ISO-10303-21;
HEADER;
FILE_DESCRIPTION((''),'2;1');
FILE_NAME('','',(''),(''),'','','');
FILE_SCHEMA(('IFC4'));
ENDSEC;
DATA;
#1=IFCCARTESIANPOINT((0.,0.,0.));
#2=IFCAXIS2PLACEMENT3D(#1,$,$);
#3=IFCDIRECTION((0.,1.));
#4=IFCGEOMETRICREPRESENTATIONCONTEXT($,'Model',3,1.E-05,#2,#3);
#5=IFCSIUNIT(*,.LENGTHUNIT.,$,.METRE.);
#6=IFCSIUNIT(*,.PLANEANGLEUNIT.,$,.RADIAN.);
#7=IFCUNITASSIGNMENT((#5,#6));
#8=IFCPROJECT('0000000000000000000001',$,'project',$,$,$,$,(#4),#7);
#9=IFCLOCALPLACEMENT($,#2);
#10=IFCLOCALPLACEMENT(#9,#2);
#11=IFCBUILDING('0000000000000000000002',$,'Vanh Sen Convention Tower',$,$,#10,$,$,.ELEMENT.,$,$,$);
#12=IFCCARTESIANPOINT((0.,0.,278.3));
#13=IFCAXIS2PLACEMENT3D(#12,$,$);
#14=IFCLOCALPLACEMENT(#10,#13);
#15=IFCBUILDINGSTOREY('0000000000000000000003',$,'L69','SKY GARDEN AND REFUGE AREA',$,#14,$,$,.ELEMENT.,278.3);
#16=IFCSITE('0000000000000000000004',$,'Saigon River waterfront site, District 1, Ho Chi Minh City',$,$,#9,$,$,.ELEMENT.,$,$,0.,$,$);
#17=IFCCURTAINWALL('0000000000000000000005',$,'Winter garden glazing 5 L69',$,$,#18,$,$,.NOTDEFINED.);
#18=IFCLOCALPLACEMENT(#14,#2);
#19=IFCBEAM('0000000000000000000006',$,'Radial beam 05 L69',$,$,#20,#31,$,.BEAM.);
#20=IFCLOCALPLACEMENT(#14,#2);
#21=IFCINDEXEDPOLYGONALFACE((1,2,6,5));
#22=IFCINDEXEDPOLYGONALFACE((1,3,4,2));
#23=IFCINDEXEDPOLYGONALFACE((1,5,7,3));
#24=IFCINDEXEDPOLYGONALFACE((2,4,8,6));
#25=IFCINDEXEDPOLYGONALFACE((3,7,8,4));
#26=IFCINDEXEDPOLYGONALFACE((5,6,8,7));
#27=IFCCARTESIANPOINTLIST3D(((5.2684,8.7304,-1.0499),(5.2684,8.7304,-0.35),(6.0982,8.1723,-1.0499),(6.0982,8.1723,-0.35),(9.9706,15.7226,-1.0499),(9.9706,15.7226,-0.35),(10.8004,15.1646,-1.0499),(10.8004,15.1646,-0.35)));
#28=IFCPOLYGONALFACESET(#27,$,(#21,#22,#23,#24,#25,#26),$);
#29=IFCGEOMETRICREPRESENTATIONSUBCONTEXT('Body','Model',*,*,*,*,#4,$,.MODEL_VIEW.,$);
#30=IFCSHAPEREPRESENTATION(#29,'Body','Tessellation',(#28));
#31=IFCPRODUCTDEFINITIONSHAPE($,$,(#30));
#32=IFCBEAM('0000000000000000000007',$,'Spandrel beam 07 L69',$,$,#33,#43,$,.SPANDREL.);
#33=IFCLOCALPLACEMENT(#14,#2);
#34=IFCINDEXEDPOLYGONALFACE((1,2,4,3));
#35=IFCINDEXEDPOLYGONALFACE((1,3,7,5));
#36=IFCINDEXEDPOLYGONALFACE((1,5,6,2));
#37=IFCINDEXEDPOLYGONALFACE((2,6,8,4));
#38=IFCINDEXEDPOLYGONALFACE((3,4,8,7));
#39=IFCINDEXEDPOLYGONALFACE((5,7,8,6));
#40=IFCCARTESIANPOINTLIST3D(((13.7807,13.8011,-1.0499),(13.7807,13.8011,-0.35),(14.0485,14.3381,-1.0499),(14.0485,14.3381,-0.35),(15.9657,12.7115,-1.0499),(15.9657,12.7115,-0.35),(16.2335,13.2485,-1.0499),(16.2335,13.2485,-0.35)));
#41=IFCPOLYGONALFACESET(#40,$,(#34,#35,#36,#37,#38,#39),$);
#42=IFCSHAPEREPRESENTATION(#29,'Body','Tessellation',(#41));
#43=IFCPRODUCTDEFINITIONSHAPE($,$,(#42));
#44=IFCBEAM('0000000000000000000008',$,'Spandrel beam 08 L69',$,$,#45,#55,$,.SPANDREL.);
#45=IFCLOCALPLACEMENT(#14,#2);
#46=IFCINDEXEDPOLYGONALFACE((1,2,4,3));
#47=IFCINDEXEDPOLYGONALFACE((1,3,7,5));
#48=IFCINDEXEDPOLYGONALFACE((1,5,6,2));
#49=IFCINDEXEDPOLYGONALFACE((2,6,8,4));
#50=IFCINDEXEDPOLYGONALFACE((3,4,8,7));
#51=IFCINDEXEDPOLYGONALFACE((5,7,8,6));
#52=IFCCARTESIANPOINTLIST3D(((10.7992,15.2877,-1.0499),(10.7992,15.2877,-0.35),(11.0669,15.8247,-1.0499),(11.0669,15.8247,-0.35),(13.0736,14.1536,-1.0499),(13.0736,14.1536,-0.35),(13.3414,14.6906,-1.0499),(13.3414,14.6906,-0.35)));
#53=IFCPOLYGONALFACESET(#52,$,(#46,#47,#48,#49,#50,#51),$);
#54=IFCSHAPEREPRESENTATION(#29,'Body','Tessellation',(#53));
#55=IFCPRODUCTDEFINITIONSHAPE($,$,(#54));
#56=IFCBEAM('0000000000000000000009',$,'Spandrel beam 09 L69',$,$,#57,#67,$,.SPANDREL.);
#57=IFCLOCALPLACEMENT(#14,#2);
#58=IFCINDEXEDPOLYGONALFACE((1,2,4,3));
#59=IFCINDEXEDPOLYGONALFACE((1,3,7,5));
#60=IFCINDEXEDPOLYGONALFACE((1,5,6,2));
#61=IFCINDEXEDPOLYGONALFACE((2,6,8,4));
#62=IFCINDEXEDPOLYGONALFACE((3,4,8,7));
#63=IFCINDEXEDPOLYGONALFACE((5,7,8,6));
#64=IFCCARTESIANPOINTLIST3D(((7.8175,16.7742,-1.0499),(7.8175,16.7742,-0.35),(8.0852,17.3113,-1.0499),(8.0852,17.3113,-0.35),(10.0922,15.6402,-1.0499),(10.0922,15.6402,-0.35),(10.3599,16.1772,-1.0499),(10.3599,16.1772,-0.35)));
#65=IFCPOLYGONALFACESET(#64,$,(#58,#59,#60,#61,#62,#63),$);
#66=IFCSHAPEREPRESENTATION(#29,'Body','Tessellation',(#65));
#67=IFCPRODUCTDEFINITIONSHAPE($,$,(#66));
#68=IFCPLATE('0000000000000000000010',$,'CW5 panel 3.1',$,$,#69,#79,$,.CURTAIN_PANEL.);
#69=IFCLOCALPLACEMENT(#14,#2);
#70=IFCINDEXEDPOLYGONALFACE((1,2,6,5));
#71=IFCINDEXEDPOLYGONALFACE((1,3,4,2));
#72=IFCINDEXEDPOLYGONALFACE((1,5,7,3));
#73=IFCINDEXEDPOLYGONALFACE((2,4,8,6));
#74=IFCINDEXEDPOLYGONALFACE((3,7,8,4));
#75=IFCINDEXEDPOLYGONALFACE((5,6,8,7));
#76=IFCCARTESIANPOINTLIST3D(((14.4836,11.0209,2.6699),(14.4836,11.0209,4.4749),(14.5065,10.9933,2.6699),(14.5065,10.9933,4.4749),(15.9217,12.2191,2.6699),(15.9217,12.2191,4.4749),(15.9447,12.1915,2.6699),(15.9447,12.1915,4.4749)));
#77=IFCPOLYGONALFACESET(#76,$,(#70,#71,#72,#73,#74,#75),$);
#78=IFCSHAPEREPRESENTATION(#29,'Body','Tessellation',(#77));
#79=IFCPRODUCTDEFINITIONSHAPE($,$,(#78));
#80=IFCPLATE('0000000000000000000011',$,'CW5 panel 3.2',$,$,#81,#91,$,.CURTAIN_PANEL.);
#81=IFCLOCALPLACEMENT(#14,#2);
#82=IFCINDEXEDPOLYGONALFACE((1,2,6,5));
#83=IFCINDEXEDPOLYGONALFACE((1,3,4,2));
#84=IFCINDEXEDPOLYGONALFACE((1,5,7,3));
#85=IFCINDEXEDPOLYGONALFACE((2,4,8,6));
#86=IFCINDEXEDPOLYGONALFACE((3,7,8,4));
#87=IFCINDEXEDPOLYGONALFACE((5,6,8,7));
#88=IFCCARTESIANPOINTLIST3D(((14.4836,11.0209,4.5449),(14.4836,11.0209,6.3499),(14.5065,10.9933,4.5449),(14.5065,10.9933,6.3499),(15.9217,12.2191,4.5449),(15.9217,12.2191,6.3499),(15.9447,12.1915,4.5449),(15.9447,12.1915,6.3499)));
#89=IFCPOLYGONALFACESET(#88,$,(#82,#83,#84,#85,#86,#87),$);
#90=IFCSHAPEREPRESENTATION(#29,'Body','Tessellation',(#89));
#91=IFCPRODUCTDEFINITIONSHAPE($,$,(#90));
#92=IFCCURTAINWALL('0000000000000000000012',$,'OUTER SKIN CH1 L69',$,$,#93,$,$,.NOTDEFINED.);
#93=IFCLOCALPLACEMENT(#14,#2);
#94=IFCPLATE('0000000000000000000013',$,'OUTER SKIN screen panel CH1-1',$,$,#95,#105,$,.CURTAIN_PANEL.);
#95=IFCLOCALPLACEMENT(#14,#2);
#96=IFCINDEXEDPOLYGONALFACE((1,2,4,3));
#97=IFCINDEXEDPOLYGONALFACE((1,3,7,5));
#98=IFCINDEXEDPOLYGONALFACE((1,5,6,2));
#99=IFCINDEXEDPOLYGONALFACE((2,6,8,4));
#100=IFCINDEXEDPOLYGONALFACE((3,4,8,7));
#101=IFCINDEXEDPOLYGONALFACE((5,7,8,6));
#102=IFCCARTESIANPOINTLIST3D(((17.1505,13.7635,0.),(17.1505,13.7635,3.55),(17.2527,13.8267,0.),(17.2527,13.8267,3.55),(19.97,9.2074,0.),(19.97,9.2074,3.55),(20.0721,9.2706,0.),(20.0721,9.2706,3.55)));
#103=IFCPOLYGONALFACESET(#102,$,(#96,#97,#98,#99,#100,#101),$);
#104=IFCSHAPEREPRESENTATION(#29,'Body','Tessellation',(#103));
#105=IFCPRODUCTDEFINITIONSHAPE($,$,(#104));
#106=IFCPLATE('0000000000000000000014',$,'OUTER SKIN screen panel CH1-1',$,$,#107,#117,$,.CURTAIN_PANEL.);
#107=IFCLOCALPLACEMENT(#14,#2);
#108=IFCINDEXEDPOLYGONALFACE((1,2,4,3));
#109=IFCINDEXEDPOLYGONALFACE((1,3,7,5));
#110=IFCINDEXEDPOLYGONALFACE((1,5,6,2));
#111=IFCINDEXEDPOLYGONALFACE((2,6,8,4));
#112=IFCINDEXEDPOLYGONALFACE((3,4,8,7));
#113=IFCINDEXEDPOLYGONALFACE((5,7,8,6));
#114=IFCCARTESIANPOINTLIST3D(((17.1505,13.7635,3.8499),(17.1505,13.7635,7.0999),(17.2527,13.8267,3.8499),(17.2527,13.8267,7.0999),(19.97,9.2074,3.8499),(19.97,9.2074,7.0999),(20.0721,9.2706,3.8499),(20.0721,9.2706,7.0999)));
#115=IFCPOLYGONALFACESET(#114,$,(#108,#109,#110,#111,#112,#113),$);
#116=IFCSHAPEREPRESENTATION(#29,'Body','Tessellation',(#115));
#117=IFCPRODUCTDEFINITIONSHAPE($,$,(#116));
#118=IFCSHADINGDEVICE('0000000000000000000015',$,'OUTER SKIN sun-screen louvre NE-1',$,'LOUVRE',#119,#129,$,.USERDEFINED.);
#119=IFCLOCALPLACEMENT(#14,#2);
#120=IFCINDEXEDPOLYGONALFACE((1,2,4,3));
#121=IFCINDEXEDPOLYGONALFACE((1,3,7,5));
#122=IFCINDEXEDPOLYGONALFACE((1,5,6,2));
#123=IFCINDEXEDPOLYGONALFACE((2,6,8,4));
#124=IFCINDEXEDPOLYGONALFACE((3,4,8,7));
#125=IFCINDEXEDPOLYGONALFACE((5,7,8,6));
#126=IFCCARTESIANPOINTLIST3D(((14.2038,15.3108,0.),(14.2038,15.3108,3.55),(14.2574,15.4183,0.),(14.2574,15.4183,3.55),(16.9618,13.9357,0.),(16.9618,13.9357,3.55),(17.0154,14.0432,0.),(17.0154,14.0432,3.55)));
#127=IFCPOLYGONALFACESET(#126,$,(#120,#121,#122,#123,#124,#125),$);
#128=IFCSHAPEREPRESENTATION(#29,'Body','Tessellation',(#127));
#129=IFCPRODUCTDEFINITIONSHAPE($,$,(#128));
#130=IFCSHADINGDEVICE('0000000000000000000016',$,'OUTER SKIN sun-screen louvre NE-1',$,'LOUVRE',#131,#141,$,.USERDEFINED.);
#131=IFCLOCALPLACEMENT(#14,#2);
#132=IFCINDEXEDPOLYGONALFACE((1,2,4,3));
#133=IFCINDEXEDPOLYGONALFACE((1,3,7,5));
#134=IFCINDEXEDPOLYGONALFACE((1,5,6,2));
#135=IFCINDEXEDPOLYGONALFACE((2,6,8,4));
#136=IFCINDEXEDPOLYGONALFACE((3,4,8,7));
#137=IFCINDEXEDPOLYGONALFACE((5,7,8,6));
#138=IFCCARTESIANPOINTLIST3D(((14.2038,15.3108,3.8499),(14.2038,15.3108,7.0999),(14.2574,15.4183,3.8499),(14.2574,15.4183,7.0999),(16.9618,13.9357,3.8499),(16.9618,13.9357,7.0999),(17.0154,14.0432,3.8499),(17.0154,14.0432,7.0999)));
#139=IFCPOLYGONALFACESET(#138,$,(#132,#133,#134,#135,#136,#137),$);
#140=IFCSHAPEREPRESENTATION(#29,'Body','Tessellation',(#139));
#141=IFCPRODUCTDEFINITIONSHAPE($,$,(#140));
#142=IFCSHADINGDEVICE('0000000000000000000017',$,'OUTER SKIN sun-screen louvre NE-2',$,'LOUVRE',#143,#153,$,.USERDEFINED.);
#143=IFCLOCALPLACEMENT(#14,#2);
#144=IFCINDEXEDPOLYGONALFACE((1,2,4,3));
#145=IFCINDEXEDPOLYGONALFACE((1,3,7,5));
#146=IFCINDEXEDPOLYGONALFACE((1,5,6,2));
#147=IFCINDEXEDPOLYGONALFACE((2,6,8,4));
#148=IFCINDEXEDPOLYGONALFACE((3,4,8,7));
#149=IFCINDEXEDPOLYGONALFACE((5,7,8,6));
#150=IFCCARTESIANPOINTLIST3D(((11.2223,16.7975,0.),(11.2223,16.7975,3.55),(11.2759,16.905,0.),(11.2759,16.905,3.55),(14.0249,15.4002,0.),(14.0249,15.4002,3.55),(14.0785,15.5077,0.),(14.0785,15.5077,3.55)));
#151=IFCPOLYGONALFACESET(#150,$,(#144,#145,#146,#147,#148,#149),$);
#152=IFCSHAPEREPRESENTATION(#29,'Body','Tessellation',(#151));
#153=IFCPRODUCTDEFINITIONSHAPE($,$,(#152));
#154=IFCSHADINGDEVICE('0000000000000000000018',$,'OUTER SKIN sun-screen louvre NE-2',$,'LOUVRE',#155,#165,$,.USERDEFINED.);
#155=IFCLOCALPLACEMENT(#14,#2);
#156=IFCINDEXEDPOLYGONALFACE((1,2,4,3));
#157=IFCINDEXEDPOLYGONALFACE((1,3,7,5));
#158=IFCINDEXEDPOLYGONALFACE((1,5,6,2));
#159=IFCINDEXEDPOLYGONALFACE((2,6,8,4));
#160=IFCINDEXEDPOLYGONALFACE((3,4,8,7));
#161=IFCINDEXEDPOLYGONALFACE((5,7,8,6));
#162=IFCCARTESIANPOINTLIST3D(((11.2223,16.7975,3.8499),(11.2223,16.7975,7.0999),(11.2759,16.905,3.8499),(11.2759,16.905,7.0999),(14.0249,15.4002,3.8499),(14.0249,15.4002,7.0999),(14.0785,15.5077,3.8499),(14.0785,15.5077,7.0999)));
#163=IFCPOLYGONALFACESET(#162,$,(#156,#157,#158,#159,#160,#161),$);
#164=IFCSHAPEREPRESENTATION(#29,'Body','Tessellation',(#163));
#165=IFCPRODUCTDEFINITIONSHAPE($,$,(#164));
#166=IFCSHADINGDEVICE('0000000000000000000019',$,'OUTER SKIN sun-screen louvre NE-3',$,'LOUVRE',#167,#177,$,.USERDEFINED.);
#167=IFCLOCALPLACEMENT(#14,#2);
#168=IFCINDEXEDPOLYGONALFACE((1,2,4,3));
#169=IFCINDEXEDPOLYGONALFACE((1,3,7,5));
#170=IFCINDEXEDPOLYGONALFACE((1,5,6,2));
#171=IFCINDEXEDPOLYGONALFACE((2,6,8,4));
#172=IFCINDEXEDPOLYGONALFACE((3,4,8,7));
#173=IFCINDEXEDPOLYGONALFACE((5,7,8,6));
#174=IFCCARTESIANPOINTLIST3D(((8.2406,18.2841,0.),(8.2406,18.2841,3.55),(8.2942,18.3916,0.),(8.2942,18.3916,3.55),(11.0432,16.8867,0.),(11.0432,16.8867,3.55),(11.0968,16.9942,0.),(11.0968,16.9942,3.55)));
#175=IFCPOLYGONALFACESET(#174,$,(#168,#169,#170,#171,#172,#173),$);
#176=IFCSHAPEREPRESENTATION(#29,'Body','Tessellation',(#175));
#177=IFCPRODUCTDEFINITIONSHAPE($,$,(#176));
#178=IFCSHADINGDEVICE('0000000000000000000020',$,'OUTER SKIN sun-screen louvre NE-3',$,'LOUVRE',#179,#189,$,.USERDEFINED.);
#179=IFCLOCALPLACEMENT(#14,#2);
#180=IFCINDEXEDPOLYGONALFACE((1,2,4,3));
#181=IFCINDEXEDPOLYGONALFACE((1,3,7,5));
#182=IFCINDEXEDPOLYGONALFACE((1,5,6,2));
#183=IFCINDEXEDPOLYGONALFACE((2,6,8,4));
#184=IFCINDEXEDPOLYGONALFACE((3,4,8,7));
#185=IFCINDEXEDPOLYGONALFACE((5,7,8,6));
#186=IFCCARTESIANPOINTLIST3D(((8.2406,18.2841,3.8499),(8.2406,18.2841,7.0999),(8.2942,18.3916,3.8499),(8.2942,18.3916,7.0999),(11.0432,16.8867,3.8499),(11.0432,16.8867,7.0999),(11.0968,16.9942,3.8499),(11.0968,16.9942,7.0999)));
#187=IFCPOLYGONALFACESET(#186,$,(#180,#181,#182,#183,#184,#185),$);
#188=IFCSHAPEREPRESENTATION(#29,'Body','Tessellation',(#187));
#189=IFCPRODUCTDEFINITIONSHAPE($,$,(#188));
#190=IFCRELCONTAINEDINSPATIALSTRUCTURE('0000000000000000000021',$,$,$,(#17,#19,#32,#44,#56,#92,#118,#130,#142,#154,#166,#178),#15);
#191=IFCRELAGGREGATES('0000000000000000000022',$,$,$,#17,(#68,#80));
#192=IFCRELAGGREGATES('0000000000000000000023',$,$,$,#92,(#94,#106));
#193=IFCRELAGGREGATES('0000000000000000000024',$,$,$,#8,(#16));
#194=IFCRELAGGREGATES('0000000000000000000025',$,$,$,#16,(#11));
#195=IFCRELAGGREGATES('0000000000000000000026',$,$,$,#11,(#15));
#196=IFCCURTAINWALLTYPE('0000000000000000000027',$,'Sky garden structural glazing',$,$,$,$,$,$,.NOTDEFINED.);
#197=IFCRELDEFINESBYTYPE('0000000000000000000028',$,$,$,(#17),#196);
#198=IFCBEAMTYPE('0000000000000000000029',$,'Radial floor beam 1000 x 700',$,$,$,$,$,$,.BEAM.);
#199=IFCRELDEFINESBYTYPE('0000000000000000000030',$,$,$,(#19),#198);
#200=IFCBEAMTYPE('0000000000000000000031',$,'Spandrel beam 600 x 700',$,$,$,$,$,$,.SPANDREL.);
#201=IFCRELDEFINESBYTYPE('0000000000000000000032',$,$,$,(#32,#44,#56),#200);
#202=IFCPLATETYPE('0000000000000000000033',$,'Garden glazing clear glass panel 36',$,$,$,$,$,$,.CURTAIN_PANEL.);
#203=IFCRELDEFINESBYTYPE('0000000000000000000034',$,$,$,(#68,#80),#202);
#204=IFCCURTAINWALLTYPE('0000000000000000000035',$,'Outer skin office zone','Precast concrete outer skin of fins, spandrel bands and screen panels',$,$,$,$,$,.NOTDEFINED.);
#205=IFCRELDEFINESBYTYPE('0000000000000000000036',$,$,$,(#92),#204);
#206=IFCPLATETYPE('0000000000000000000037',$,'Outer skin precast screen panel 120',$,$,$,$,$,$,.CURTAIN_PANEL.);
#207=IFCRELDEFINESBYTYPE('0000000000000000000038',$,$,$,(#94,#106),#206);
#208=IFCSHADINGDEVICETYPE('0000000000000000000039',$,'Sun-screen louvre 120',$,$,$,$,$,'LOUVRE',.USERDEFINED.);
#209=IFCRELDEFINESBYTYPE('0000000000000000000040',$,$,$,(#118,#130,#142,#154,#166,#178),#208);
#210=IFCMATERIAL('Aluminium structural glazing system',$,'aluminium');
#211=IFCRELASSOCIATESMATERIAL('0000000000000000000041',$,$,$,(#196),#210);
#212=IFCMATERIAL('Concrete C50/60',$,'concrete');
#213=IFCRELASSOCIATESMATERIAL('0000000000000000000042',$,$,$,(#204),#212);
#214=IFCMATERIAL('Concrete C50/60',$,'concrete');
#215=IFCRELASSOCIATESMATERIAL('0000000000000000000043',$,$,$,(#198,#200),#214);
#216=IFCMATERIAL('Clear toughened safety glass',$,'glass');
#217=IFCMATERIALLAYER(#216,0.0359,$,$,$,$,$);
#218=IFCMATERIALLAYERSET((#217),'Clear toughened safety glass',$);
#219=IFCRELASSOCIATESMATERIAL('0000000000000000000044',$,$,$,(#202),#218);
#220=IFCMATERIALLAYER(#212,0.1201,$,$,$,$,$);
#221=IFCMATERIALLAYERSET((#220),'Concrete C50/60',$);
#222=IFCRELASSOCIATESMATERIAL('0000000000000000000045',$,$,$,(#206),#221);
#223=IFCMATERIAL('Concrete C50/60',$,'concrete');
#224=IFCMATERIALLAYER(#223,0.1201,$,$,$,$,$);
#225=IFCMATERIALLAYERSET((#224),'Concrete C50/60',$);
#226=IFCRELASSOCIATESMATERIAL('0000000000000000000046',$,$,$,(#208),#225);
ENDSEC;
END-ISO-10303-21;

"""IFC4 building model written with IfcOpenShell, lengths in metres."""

from ifc_helpers import new_model, si_unit, direction, frame, origin, origin_2d, place, context, subcontext, project, spatial, rectangle, extrude, material, layer, layer_set, material_profile, profile_set, type_object, element, aggregate, save


model = new_model("IFC4")

# Units and contexts
model_context = context("Model", 3, precision=1e-05, world=origin(), true_north=direction((0.0, 1.0)))
body_context = subcontext(model_context, "Body", "Model", "MODEL_VIEW")
ifc_project = project(units=[si_unit("LENGTHUNIT", "METRE"), si_unit("PLANEANGLEUNIT", "RADIAN")], contexts=[model_context])

# Site, building, storey
site_placement = place(None, origin())
site = spatial("IfcSite", under=ifc_project, at=site_placement, Name="Saigon River waterfront site, District 1, Ho Chi Minh City", CompositionType="ELEMENT", RefElevation=0.0)
building_placement = place(site_placement, origin())
building = spatial("IfcBuilding", under=site, at=building_placement, Name="Vanh Sen Convention Tower", CompositionType="ELEMENT")
storey_placement = place(building_placement, frame((0.0, 0.0, 278.3)))
storey = spatial("IfcBuildingStorey", under=building, at=storey_placement, Name="L69", Description="SKY GARDEN AND REFUGE AREA", CompositionType="ELEMENT", Elevation=278.3)

# Curtain wall
ifc_material_1 = material(Name="Aluminium structural glazing system", Category="aluminium")
curtain_wall_type_1 = type_object("IfcCurtainWallType", Name="Sky garden structural glazing", PredefinedType="NOTDEFINED", material=ifc_material_1)
curtain_wall_1_placement = place(storey_placement, origin())
curtain_wall_1 = element("IfcCurtainWall", 1, at=curtain_wall_1_placement, inside=storey, type_object=curtain_wall_type_1, Name="Winter garden glazing 5 L69", PredefinedType="NOTDEFINED")
ifc_material_2 = material(Name="Concrete C50/60", Category="concrete")
curtain_wall_type_2 = type_object("IfcCurtainWallType", Name="Outer skin office zone", Description="Precast concrete outer skin of fins, spandrel bands and screen panels", PredefinedType="NOTDEFINED", material=ifc_material_2)

# Beams
ifc_material_3 = material(Name="Concrete C50/60", Category="concrete")
ifc_material_profile_1 = material_profile(ifc_material_3, rectangle(XDim=1.0, YDim=0.7, at=origin_2d()), Name="RC 1000X700")
ifc_profile_set_1 = profile_set([ifc_material_profile_1], Name="Concrete C50/60")
beam_type_1 = type_object("IfcBeamType", Name="Radial floor beam 1000 x 700", PredefinedType="BEAM", material=ifc_profile_set_1)
beam_1_placement = place(storey_placement, frame((10.3855, 15.4436, -0.7), z_axis=(-0.558039, -0.829815, 0.0), x_axis=(0.829815, -0.558039, 0.0)))
element("IfcBeam", 2, at=beam_1_placement, inside=storey, type_object=beam_type_1, Name="Radial beam 05 L69", PredefinedType="BEAM", context=body_context, shape_type="SweptSolid", body=[
    extrude(rectangle(XDim=1.0, YDim=0.7, at=origin_2d()), origin(), (0.0, 0.0, 1.0), 8.4263),
])
ifc_material_profile_2 = material_profile(ifc_material_3, rectangle(XDim=0.6001, YDim=0.7, at=origin_2d()), Name="RC 600X700")
ifc_profile_set_2 = profile_set([ifc_material_profile_2], Name="Concrete C50/60")
beam_type_2 = type_object("IfcBeamType", Name="Spandrel beam 600 x 700", PredefinedType="SPANDREL", material=ifc_profile_set_2)
beam_2_placement = place(storey_placement, frame((16.0996, 12.98, -0.7), z_axis=(-0.894907, 0.446253, 0.0), x_axis=(-0.446253, -0.894907, 0.0)))
element("IfcBeam", 3, at=beam_2_placement, inside=storey, type_object=beam_type_2, Name="Spandrel beam 07 L69", PredefinedType="SPANDREL", context=body_context, shape_type="SweptSolid", body=[
    extrude(rectangle(XDim=0.6001, YDim=0.7, at=origin_2d()), origin(), (0.0, 0.0, 1.0), 2.4417),
])
beam_3_placement = place(storey_placement, frame((13.2075, 14.4221, -0.7), z_axis=(-0.894926, 0.446214, 0.0), x_axis=(-0.446214, -0.894926, 0.0)))
element("IfcBeam", 4, at=beam_3_placement, inside=storey, type_object=beam_type_2, Name="Spandrel beam 08 L69", PredefinedType="SPANDREL", context=body_context, shape_type="SweptSolid", body=[
    extrude(rectangle(XDim=0.6001, YDim=0.7, at=origin_2d()), origin(), (0.0, 0.0, 1.0), 2.5415),
])
beam_4_placement = place(storey_placement, frame((10.2261, 15.9087, -0.7), z_axis=(-0.894945, 0.446176, 0.0), x_axis=(-0.446176, -0.894945, 0.0)))
element("IfcBeam", 5, at=beam_4_placement, inside=storey, type_object=beam_type_2, Name="Spandrel beam 09 L69", PredefinedType="SPANDREL", context=body_context, shape_type="SweptSolid", body=[
    extrude(rectangle(XDim=0.6001, YDim=0.7, at=origin_2d()), origin(), (0.0, 0.0, 1.0), 2.5417),
])

# Plates
ifc_material_4 = material(Name="Clear toughened safety glass", Category="glass")
ifc_layer_1 = layer(ifc_material_4, 0.0359)
ifc_layer_set_1 = layer_set([ifc_layer_1], Name="Clear toughened safety glass")
plate_type_1 = type_object("IfcPlateType", Name="Garden glazing clear glass panel 36", PredefinedType="CURTAIN_PANEL", material=ifc_layer_set_1)
plate_1_placement = place(storey_placement, frame((15.2141, 11.6062, 2.6699), z_axis=(0.0, 0.0, 1.0), x_axis=(0.768299, 0.640092, 0.0)))
plate_1 = element("IfcPlate", 6, at=plate_1_placement, type_object=plate_type_1, Name="CW5 panel 3.1", PredefinedType="CURTAIN_PANEL", context=body_context, shape_type="SweptSolid", body=[
    extrude(rectangle(XDim=1.8718, YDim=0.0359, at=origin_2d()), origin(), (0.0, 0.0, 1.0), 1.8049),
])
plate_2_placement = place(storey_placement, frame((15.2141, 11.6062, 4.5449), z_axis=(0.0, 0.0, 1.0), x_axis=(0.768299, 0.640092, 0.0)))
plate_2 = element("IfcPlate", 7, at=plate_2_placement, type_object=plate_type_1, Name="CW5 panel 3.2", PredefinedType="CURTAIN_PANEL", context=body_context, shape_type="SweptSolid", body=[
    extrude(rectangle(XDim=1.8718, YDim=0.0359, at=origin_2d()), origin(), (0.0, 0.0, 1.0), 1.8049),
])
aggregate(curtain_wall_1, [plate_1, plate_2])

# Curtain wall, plates
curtain_wall_2_placement = place(storey_placement, origin())
curtain_wall_2 = element("IfcCurtainWall", 8, at=curtain_wall_2_placement, inside=storey, type_object=curtain_wall_type_2, Name="OUTER SKIN CH1 L69", PredefinedType="NOTDEFINED")
ifc_layer_2 = layer(ifc_material_2, 0.1201)
ifc_layer_set_2 = layer_set([ifc_layer_2], Name="Concrete C50/60")
plate_type_2 = type_object("IfcPlateType", Name="Outer skin precast screen panel 120", PredefinedType="CURTAIN_PANEL", material=ifc_layer_set_2)
plate_3_placement = place(storey_placement, frame((18.6113, 11.5171, 0.0), z_axis=(0.0, 0.0, 1.0), x_axis=(-0.526218, 0.850349, 0.0)))
plate_3 = element("IfcPlate", 9, at=plate_3_placement, type_object=plate_type_2, Name="OUTER SKIN screen panel CH1-1", PredefinedType="CURTAIN_PANEL", context=body_context, shape_type="SweptSolid", body=[
    extrude(rectangle(XDim=5.3579, YDim=0.1201, at=origin_2d()), origin(), (0.0, 0.0, 1.0), 3.55),
])
plate_4_placement = place(storey_placement, frame((18.6113, 11.5171, 3.8499), z_axis=(0.0, 0.0, 1.0), x_axis=(-0.526218, 0.850349, 0.0)))
plate_4 = element("IfcPlate", 10, at=plate_4_placement, type_object=plate_type_2, Name="OUTER SKIN screen panel CH1-1", PredefinedType="CURTAIN_PANEL", context=body_context, shape_type="SweptSolid", body=[
    extrude(rectangle(XDim=5.3579, YDim=0.1201, at=origin_2d()), origin(), (0.0, 0.0, 1.0), 3.25),
])
aggregate(curtain_wall_2, [plate_3, plate_4])

# Shading devices
ifc_material_5 = material(Name="Concrete C50/60", Category="concrete")
ifc_layer_3 = layer(ifc_material_5, 0.1201)
ifc_layer_set_3 = layer_set([ifc_layer_3], Name="Concrete C50/60")
shading_device_type = type_object("IfcShadingDeviceType", Name="Sun-screen louvre 120", ElementType="LOUVRE", PredefinedType="USERDEFINED", material=ifc_layer_set_3)
shading_device_1_placement = place(storey_placement, frame((15.6096, 14.677, 0.0), z_axis=(0.0, 0.0, 1.0), x_axis=(-0.894931, 0.446204, 0.0)))
element("IfcShadingDevice", 11, at=shading_device_1_placement, inside=storey, type_object=shading_device_type, Name="OUTER SKIN sun-screen louvre NE-1", ObjectType="LOUVRE", PredefinedType="USERDEFINED", context=body_context, shape_type="SweptSolid", body=[
    extrude(rectangle(XDim=3.0818, YDim=0.1201, at=origin_2d()), origin(), (0.0, 0.0, 1.0), 3.55),
])
shading_device_2_placement = place(storey_placement, frame((15.6096, 14.677, 3.8499), z_axis=(0.0, 0.0, 1.0), x_axis=(-0.894931, 0.446204, 0.0)))
element("IfcShadingDevice", 12, at=shading_device_2_placement, inside=storey, type_object=shading_device_type, Name="OUTER SKIN sun-screen louvre NE-1", ObjectType="LOUVRE", PredefinedType="USERDEFINED", context=body_context, shape_type="SweptSolid", body=[
    extrude(rectangle(XDim=3.0818, YDim=0.1201, at=origin_2d()), origin(), (0.0, 0.0, 1.0), 3.25),
])
shading_device_3_placement = place(storey_placement, frame((12.6504, 16.1526, 0.0), z_axis=(0.0, 0.0, 1.0), x_axis=(-0.894931, 0.446204, 0.0)))
element("IfcShadingDevice", 13, at=shading_device_3_placement, inside=storey, type_object=shading_device_type, Name="OUTER SKIN sun-screen louvre NE-2", ObjectType="LOUVRE", PredefinedType="USERDEFINED", context=body_context, shape_type="SweptSolid", body=[
    extrude(rectangle(XDim=3.1316, YDim=0.1201, at=origin_2d()), origin(), (0.0, 0.0, 1.0), 3.55),
])
shading_device_4_placement = place(storey_placement, frame((12.6504, 16.1526, 3.8499), z_axis=(0.0, 0.0, 1.0), x_axis=(-0.894931, 0.446204, 0.0)))
element("IfcShadingDevice", 14, at=shading_device_4_placement, inside=storey, type_object=shading_device_type, Name="OUTER SKIN sun-screen louvre NE-2", ObjectType="LOUVRE", PredefinedType="USERDEFINED", context=body_context, shape_type="SweptSolid", body=[
    extrude(rectangle(XDim=3.1316, YDim=0.1201, at=origin_2d()), origin(), (0.0, 0.0, 1.0), 3.25),
])
shading_device_5_placement = place(storey_placement, frame((9.6687, 17.6392, 0.0), z_axis=(0.0, 0.0, 1.0), x_axis=(-0.894931, 0.446204, 0.0)))
element("IfcShadingDevice", 15, at=shading_device_5_placement, inside=storey, type_object=shading_device_type, Name="OUTER SKIN sun-screen louvre NE-3", ObjectType="LOUVRE", PredefinedType="USERDEFINED", context=body_context, shape_type="SweptSolid", body=[
    extrude(rectangle(XDim=3.1316, YDim=0.1201, at=origin_2d()), origin(), (0.0, 0.0, 1.0), 3.55),
])
shading_device_6_placement = place(storey_placement, frame((9.6687, 17.6392, 3.8499), z_axis=(0.0, 0.0, 1.0), x_axis=(-0.894931, 0.446204, 0.0)))
element("IfcShadingDevice", 16, at=shading_device_6_placement, inside=storey, type_object=shading_device_type, Name="OUTER SKIN sun-screen louvre NE-3", ObjectType="LOUVRE", PredefinedType="USERDEFINED", context=body_context, shape_type="SweptSolid", body=[
    extrude(rectangle(XDim=3.1316, YDim=0.1201, at=origin_2d()), origin(), (0.0, 0.0, 1.0), 3.25),
])

save(model, "model.ifc")
